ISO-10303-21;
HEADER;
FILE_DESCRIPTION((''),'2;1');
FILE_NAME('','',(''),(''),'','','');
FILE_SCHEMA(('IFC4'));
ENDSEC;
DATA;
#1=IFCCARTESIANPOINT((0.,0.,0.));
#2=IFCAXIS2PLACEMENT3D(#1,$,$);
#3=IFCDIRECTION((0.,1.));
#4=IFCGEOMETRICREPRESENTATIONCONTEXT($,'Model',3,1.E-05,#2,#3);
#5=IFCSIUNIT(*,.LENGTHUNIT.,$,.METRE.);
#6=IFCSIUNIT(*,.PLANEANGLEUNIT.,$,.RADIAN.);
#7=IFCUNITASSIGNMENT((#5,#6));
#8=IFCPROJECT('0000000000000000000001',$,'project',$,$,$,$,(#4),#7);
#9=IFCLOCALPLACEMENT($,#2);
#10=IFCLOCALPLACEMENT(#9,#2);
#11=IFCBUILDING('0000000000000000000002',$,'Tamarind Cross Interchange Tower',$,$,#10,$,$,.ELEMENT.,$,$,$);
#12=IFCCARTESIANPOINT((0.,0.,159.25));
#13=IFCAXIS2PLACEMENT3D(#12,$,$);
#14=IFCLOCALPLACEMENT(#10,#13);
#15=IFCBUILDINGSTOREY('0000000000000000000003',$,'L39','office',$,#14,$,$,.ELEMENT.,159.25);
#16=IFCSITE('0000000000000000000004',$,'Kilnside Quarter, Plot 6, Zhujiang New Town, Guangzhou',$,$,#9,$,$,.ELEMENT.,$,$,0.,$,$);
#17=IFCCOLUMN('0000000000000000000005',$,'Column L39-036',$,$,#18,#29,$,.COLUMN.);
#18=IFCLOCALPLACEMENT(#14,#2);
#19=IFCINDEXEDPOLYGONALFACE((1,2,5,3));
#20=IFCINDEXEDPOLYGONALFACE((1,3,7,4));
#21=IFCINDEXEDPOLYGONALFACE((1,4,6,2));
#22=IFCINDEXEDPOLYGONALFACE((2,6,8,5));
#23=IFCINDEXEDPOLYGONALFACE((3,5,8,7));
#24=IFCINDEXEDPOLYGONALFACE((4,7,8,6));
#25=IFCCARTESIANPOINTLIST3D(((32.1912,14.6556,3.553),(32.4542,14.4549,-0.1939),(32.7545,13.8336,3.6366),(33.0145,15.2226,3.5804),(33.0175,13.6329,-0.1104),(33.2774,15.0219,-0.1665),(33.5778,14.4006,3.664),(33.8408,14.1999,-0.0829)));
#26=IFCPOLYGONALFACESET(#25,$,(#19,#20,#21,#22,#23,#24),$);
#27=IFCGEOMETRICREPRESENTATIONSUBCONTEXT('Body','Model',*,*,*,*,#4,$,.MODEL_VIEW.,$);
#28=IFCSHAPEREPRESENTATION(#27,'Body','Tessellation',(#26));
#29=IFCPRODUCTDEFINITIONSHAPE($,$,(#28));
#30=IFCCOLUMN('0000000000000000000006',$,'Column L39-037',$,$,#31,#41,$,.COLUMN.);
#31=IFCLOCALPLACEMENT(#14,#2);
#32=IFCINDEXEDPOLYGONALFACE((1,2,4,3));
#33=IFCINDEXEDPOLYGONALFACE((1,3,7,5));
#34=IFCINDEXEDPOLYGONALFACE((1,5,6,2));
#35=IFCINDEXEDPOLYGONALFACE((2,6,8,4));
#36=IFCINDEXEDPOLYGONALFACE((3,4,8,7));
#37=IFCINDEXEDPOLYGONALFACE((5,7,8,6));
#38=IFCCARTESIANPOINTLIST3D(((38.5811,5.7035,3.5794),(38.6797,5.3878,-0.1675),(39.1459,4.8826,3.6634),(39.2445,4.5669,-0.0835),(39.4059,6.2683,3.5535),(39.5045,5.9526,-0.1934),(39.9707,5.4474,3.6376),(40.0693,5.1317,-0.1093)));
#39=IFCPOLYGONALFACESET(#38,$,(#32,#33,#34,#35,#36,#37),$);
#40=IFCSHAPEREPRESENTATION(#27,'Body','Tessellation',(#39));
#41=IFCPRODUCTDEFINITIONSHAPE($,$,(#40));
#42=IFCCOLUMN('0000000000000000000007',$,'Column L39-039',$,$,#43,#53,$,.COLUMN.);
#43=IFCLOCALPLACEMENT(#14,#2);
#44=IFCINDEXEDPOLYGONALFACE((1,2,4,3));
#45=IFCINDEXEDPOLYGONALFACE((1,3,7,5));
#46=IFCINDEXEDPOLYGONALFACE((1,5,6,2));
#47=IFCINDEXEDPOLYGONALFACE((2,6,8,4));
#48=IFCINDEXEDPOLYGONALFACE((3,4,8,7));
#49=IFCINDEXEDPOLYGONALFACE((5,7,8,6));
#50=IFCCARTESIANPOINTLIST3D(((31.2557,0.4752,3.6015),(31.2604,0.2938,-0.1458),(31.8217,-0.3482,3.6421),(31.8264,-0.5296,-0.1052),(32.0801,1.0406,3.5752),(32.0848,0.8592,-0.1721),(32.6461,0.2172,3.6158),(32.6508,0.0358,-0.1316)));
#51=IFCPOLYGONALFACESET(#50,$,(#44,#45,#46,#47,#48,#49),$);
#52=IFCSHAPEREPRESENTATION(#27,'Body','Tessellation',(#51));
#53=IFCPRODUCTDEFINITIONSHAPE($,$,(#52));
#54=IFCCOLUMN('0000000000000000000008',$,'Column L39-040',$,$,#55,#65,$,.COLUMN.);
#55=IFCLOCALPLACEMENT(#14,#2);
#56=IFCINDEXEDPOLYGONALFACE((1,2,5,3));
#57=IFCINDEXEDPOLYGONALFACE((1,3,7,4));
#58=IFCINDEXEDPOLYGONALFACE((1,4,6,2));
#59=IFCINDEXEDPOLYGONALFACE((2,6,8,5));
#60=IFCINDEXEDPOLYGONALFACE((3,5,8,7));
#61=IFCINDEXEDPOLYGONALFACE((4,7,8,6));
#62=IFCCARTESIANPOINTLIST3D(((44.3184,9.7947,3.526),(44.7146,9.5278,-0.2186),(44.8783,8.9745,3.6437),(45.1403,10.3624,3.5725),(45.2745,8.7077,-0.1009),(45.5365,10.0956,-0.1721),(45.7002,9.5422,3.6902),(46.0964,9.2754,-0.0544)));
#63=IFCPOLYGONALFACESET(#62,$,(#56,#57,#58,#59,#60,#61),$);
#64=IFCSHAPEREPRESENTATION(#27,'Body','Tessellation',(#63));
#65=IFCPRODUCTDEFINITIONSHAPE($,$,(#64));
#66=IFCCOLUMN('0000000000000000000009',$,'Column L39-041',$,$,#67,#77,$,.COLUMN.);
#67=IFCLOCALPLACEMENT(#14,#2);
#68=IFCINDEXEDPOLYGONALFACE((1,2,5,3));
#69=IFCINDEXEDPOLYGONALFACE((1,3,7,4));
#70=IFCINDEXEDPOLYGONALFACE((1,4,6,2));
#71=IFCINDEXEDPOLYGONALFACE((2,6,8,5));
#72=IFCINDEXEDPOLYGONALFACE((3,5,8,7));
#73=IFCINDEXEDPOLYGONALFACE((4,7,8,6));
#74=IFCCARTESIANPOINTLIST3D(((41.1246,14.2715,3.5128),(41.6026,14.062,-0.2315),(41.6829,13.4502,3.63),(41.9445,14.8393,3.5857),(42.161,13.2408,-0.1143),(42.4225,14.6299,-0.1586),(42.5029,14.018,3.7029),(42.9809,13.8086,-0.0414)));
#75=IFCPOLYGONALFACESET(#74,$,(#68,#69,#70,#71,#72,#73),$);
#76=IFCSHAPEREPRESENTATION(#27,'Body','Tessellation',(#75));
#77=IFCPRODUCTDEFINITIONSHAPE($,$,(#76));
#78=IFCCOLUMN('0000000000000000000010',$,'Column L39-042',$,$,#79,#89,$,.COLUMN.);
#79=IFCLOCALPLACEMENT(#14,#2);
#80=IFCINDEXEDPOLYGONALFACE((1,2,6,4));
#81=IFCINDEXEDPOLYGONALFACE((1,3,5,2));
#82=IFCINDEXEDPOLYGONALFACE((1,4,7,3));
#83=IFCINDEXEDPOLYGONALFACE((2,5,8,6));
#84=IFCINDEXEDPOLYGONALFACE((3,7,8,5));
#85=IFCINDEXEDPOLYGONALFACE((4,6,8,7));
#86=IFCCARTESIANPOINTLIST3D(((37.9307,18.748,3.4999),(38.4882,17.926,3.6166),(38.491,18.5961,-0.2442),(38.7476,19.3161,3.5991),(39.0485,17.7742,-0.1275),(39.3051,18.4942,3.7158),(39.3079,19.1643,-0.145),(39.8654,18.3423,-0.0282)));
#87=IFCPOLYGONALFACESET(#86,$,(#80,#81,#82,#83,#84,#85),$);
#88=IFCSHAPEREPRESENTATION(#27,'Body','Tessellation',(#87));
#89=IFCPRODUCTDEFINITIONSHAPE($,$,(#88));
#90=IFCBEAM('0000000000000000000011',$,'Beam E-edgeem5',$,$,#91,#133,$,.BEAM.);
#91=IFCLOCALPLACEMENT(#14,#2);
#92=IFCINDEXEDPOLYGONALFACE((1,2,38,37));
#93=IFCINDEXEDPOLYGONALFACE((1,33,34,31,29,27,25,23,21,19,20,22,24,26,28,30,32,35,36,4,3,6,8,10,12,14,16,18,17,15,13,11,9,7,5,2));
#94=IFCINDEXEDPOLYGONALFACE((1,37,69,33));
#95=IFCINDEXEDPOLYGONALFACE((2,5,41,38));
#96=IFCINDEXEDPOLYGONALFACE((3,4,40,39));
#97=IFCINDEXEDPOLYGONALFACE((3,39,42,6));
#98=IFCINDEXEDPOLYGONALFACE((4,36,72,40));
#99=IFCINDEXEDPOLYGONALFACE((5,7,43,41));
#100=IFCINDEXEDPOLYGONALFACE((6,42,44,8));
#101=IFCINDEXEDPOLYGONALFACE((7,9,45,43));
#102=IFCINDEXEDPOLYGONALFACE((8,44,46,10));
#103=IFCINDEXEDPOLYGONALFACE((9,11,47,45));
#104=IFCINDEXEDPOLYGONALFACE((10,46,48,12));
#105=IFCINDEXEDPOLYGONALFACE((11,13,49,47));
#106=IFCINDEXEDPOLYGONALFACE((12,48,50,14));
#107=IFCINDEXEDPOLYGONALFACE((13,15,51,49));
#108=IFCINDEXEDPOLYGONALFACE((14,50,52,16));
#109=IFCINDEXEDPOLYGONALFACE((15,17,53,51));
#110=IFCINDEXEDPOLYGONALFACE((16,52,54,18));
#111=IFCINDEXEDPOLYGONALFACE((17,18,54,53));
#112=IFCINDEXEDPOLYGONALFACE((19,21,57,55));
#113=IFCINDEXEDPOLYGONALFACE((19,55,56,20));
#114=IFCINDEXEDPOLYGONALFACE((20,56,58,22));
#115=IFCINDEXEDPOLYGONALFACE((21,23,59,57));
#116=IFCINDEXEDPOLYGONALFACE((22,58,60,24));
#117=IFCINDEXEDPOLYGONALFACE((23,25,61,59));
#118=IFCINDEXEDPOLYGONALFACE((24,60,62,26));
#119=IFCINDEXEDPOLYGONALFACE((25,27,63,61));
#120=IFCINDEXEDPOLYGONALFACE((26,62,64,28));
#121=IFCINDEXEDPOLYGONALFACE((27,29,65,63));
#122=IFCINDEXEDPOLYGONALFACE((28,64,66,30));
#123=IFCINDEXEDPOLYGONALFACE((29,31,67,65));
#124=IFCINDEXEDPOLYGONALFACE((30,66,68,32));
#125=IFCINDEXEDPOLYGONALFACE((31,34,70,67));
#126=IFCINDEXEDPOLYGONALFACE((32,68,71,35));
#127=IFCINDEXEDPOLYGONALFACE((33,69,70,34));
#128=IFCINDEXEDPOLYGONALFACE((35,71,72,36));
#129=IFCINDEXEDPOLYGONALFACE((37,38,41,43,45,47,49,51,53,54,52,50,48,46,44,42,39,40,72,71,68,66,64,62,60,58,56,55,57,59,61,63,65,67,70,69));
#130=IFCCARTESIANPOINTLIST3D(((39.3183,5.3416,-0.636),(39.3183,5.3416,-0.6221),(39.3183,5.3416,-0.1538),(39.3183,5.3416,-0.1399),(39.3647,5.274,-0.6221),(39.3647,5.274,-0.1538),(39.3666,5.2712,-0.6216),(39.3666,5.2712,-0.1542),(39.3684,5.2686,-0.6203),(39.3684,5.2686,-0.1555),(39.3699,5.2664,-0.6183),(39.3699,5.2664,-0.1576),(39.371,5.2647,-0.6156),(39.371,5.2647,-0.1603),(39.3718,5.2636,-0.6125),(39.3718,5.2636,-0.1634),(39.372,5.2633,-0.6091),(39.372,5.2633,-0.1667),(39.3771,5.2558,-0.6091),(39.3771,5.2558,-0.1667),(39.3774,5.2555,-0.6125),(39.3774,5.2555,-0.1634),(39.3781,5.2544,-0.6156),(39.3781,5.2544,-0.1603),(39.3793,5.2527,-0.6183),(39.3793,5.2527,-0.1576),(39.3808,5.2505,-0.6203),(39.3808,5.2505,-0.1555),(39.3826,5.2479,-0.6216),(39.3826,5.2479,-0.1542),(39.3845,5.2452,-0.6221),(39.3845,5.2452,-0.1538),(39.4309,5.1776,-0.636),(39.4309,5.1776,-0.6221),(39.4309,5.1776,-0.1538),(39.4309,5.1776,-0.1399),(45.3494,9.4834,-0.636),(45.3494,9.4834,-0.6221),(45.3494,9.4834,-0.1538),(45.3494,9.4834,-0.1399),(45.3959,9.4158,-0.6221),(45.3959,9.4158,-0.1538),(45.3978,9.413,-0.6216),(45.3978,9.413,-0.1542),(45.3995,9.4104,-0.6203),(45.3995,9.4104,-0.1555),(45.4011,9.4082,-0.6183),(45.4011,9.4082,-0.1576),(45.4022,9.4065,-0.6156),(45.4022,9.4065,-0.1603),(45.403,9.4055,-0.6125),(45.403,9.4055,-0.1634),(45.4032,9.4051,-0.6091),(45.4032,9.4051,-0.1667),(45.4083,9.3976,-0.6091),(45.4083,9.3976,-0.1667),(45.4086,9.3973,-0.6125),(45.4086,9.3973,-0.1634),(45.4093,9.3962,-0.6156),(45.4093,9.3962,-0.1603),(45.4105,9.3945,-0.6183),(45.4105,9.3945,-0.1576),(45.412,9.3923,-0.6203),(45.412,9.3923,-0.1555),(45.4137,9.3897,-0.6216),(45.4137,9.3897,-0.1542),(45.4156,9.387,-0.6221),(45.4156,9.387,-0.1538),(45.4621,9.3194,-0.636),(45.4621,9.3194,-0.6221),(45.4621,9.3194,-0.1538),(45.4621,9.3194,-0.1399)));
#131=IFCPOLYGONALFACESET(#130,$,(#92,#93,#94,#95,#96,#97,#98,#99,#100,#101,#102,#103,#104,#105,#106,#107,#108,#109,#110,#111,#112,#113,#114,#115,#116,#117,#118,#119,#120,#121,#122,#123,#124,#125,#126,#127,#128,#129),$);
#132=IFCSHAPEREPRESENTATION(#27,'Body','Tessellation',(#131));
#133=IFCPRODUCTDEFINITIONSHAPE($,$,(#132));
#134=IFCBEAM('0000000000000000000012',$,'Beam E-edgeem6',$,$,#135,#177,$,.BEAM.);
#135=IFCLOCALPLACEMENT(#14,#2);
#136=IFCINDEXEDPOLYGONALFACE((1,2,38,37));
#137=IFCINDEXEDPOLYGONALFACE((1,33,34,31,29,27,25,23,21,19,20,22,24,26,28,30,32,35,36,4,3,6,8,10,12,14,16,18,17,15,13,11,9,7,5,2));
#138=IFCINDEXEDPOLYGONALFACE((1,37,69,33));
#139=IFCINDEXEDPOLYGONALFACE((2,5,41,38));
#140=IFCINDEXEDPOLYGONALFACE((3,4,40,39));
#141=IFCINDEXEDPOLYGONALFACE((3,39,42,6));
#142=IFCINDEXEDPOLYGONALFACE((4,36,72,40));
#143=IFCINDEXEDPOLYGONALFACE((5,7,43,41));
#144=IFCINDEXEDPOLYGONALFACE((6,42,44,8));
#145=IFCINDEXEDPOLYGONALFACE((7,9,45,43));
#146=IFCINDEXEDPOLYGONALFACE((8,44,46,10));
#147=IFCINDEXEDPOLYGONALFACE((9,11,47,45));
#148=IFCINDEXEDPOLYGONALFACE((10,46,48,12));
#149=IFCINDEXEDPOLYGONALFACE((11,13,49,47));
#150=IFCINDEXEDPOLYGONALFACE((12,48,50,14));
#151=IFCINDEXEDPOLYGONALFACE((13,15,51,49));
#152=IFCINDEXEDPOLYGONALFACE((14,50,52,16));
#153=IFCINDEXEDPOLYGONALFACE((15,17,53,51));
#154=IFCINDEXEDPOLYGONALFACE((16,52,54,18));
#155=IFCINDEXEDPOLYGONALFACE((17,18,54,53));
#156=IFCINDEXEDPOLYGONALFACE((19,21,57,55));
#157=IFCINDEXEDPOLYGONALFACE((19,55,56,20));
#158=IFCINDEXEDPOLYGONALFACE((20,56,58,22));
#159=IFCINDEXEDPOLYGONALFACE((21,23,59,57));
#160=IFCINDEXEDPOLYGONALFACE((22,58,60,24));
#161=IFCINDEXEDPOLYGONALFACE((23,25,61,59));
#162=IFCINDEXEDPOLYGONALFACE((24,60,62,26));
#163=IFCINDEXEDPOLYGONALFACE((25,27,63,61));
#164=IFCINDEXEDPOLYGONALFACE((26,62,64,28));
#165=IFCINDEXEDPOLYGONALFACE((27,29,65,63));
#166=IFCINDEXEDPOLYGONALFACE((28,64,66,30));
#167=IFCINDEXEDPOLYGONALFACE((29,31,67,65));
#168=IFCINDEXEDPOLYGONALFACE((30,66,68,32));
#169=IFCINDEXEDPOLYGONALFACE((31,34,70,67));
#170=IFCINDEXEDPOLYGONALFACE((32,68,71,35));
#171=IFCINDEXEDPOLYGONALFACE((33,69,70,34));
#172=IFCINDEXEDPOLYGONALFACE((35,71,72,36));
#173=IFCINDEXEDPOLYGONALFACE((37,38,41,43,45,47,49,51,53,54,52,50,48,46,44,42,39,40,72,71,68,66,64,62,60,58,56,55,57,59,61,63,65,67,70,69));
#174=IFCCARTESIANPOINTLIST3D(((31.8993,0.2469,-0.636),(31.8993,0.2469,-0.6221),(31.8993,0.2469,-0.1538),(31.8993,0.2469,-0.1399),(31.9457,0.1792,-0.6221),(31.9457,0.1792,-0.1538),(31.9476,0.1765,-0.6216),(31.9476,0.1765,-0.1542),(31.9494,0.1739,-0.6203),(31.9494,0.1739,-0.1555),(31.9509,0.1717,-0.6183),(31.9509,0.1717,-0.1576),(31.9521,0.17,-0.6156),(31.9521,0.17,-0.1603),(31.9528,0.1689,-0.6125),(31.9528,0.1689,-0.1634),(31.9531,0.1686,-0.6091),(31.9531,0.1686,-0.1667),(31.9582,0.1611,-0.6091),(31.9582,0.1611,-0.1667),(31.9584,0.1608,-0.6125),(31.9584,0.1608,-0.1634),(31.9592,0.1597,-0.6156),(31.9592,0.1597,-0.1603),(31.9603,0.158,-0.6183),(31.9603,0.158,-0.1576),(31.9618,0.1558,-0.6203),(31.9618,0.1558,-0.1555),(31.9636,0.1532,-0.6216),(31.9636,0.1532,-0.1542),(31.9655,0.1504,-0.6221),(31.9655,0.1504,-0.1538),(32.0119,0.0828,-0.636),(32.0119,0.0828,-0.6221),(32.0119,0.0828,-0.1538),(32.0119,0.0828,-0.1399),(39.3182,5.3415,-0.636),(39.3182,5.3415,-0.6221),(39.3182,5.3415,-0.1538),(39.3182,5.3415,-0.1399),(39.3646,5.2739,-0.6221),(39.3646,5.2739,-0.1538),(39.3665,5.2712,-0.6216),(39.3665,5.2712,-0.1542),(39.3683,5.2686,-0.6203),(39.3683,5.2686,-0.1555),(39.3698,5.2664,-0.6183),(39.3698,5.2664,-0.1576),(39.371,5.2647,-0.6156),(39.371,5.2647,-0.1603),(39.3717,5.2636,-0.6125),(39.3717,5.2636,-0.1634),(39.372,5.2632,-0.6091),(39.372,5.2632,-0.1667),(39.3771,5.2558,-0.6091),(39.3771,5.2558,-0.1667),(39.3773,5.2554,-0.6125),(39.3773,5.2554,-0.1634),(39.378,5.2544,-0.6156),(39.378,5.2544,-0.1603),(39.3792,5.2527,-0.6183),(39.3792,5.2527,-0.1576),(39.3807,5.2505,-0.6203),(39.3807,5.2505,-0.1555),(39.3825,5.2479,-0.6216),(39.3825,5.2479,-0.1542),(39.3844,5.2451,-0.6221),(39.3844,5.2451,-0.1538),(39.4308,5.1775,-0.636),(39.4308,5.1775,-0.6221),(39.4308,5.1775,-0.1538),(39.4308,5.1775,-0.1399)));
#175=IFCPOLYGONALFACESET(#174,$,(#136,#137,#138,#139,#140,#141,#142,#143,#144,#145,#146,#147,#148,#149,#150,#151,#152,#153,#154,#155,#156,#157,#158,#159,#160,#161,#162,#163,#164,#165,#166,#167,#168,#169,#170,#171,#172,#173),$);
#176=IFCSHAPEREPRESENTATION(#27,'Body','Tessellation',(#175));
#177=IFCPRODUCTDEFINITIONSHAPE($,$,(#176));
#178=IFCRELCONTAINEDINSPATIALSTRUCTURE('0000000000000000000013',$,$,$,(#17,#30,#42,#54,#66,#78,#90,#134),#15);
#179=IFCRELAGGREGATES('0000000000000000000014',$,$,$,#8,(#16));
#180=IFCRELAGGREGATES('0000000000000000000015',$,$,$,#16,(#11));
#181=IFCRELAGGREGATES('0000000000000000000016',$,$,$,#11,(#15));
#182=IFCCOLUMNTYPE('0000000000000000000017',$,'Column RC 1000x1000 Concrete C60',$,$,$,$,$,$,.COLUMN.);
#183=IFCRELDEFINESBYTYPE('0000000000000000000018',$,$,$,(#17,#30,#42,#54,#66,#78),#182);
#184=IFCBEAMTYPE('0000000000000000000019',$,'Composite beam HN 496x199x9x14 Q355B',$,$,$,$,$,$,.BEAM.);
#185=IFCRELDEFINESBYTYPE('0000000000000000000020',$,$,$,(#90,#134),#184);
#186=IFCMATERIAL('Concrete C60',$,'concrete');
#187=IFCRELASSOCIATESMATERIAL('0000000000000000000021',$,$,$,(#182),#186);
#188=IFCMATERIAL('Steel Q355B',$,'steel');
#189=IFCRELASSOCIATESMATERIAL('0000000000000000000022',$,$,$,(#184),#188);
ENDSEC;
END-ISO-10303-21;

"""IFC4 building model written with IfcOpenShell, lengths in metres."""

from ifc_helpers import new_model, si_unit, direction, frame, origin, origin_2d, place, context, subcontext, project, spatial, rectangle, i_section, extrude, material, material_profile, profile_set, type_object, element, save


model = new_model("IFC4")

# Units and contexts
model_context = context("Model", 3, precision=1e-05, world=origin(), true_north=direction((0.0, 1.0)))
body_context = subcontext(model_context, "Body", "Model", "MODEL_VIEW")
ifc_project = project(units=[si_unit("LENGTHUNIT", "METRE"), si_unit("PLANEANGLEUNIT", "RADIAN")], contexts=[model_context])

# Site, building, storey
site_placement = place(None, origin())
site = spatial("IfcSite", under=ifc_project, at=site_placement, Name="Kilnside Quarter, Plot 6, Zhujiang New Town, Guangzhou", CompositionType="ELEMENT", RefElevation=0.0)
building_placement = place(site_placement, origin())
building = spatial("IfcBuilding", under=site, at=building_placement, Name="Tamarind Cross Interchange Tower", CompositionType="ELEMENT")
storey_placement = place(building_placement, frame((0.0, 0.0, 159.25)))
storey = spatial("IfcBuildingStorey", under=building, at=storey_placement, Name="L39", Description="office", CompositionType="ELEMENT", Elevation=159.25)

# Columns
ifc_material_1 = material(Name="Concrete C60", Category="concrete")
ifc_material_profile_1 = material_profile(ifc_material_1, rectangle(XDim=1.0, YDim=1.0, at=origin_2d()), Name="RC 1000x1000")
ifc_profile_set_1 = profile_set([ifc_material_profile_1], Name="Concrete C60")
column_type = type_object("IfcColumnType", Name="Column RC 1000x1000 Concrete C60", PredefinedType="COLUMN", material=ifc_profile_set_1)
for number, where, z_axis, x_axis, name in (
    (1, (33.1475, 14.3274, -0.1384), (-0.069905, 0.053353, 0.996126), (0.563324, -0.822, 0.083559), "Column L39-036"),
    (2, (39.3745, 5.2598, -0.1384), (-0.026222, 0.083925, 0.996127), (-0.824806, -0.564823, 0.025874), "Column L39-037"),
):
    element("IfcColumn", number, at=place(storey_placement, frame(where, z_axis=z_axis, x_axis=x_axis)), inside=storey, type_object=column_type, Name=name, PredefinedType="COLUMN", context=body_context, shape_type="SweptSolid", body=[
        extrude(rectangle(XDim=1.0, YDim=1.0, at=origin_2d()), origin(), (0.0, 0.0, 1.0), 3.7615),
    ])
column_1_placement = place(storey_placement, frame((31.9556, 0.1648, -0.1387), z_axis=(-0.001236, 0.04835, 0.99883), x_axis=(-0.82441, -0.565379, 0.026348)))
element("IfcColumn", 3, at=column_1_placement, inside=storey, type_object=column_type, Name="Column L39-039", PredefinedType="COLUMN", context=body_context, shape_type="SweptSolid", body=[
    extrude(rectangle(XDim=1.0, YDim=1.0, at=origin_2d()), origin(), (0.0, 0.0, 1.0), 3.7517),
])
column_2_placement = place(storey_placement, frame((45.4055, 9.4016, -0.1365), z_axis=(-0.104965, 0.070688, 0.99196), x_axis=(0.559867, -0.820182, 0.11769)))
element("IfcColumn", 4, at=column_2_placement, inside=storey, type_object=column_type, Name="Column L39-040", PredefinedType="COLUMN", context=body_context, shape_type="SweptSolid", body=[
    extrude(rectangle(XDim=1.0, YDim=1.0, at=origin_2d()), origin(), (0.0, 0.0, 1.0), 3.7749),
])
column_3_placement = place(storey_placement, frame((42.2917, 13.9353, -0.1365), z_axis=(-0.126443, 0.055408, 0.990425), x_axis=(0.558334, -0.821292, 0.117225)))
element("IfcColumn", 5, at=column_3_placement, inside=storey, type_object=column_type, Name="Column L39-041", PredefinedType="COLUMN", context=body_context, shape_type="SweptSolid", body=[
    extrude(rectangle(XDim=1.0, YDim=1.0, at=origin_2d()), origin(), (0.0, 0.0, 1.0), 3.7805),
])
column_4_placement = place(storey_placement, frame((39.1782, 18.4692, -0.1362), z_axis=(-0.147881, 0.040079, 0.988193), x_axis=(0.557478, -0.82194, 0.116762)))
element("IfcColumn", 6, at=column_4_placement, inside=storey, type_object=column_type, Name="Column L39-042", PredefinedType="COLUMN", context=body_context, shape_type="SweptSolid", body=[
    extrude(rectangle(XDim=1.0, YDim=1.0, at=origin_2d()), origin(), (0.0, 0.0, 1.0), 3.7888),
])

# Beams
ifc_material_2 = material(Name="Steel Q355B", Category="steel")
ifc_material_profile_2 = material_profile(ifc_material_2, i_section(OverallWidth=0.199, OverallDepth=0.4961, WebThickness=0.009, FlangeThickness=0.0139, FilletRadius=0.0129, at=origin_2d()), Name="HN 496x199x9x14")
ifc_profile_set_2 = profile_set([ifc_material_profile_2], Name="Steel Q355B")
beam_type_1 = type_object("IfcBeamType", Name="Composite beam HN 496x199x9x14 Q355B", PredefinedType="BEAM", material=ifc_profile_set_2)
beam_1_placement = place(storey_placement, frame((45.4058, 9.4014, -0.3879), z_axis=(-0.824338, -0.566098, 0.0), x_axis=(0.566098, -0.824338, 0.0)))
element("IfcBeam", 7, at=beam_1_placement, inside=storey, type_object=beam_type_1, Name="Beam E-edgeem5", PredefinedType="BEAM", context=body_context, shape_type="SweptSolid", body=[
    extrude(i_section(OverallWidth=0.199, OverallDepth=0.4961, WebThickness=0.009, FlangeThickness=0.0139, FilletRadius=0.0129, at=origin_2d()), origin(), (0.0, 0.0, 1.0), 7.3164),
])
beam_2_placement = place(storey_placement, frame((39.3745, 5.2595, -0.3879), z_axis=(-0.824343, -0.566091, 0.0), x_axis=(0.566091, -0.824343, 0.0)))
element("IfcBeam", 8, at=beam_2_placement, inside=storey, type_object=beam_type_1, Name="Beam E-edgeem6", PredefinedType="BEAM", context=body_context, shape_type="SweptSolid", body=[
    extrude(i_section(OverallWidth=0.199, OverallDepth=0.4961, WebThickness=0.009, FlangeThickness=0.0139, FilletRadius=0.0129, at=origin_2d()), origin(), (0.0, 0.0, 1.0), 8.9998),
])

save(model, "model.ifc")
